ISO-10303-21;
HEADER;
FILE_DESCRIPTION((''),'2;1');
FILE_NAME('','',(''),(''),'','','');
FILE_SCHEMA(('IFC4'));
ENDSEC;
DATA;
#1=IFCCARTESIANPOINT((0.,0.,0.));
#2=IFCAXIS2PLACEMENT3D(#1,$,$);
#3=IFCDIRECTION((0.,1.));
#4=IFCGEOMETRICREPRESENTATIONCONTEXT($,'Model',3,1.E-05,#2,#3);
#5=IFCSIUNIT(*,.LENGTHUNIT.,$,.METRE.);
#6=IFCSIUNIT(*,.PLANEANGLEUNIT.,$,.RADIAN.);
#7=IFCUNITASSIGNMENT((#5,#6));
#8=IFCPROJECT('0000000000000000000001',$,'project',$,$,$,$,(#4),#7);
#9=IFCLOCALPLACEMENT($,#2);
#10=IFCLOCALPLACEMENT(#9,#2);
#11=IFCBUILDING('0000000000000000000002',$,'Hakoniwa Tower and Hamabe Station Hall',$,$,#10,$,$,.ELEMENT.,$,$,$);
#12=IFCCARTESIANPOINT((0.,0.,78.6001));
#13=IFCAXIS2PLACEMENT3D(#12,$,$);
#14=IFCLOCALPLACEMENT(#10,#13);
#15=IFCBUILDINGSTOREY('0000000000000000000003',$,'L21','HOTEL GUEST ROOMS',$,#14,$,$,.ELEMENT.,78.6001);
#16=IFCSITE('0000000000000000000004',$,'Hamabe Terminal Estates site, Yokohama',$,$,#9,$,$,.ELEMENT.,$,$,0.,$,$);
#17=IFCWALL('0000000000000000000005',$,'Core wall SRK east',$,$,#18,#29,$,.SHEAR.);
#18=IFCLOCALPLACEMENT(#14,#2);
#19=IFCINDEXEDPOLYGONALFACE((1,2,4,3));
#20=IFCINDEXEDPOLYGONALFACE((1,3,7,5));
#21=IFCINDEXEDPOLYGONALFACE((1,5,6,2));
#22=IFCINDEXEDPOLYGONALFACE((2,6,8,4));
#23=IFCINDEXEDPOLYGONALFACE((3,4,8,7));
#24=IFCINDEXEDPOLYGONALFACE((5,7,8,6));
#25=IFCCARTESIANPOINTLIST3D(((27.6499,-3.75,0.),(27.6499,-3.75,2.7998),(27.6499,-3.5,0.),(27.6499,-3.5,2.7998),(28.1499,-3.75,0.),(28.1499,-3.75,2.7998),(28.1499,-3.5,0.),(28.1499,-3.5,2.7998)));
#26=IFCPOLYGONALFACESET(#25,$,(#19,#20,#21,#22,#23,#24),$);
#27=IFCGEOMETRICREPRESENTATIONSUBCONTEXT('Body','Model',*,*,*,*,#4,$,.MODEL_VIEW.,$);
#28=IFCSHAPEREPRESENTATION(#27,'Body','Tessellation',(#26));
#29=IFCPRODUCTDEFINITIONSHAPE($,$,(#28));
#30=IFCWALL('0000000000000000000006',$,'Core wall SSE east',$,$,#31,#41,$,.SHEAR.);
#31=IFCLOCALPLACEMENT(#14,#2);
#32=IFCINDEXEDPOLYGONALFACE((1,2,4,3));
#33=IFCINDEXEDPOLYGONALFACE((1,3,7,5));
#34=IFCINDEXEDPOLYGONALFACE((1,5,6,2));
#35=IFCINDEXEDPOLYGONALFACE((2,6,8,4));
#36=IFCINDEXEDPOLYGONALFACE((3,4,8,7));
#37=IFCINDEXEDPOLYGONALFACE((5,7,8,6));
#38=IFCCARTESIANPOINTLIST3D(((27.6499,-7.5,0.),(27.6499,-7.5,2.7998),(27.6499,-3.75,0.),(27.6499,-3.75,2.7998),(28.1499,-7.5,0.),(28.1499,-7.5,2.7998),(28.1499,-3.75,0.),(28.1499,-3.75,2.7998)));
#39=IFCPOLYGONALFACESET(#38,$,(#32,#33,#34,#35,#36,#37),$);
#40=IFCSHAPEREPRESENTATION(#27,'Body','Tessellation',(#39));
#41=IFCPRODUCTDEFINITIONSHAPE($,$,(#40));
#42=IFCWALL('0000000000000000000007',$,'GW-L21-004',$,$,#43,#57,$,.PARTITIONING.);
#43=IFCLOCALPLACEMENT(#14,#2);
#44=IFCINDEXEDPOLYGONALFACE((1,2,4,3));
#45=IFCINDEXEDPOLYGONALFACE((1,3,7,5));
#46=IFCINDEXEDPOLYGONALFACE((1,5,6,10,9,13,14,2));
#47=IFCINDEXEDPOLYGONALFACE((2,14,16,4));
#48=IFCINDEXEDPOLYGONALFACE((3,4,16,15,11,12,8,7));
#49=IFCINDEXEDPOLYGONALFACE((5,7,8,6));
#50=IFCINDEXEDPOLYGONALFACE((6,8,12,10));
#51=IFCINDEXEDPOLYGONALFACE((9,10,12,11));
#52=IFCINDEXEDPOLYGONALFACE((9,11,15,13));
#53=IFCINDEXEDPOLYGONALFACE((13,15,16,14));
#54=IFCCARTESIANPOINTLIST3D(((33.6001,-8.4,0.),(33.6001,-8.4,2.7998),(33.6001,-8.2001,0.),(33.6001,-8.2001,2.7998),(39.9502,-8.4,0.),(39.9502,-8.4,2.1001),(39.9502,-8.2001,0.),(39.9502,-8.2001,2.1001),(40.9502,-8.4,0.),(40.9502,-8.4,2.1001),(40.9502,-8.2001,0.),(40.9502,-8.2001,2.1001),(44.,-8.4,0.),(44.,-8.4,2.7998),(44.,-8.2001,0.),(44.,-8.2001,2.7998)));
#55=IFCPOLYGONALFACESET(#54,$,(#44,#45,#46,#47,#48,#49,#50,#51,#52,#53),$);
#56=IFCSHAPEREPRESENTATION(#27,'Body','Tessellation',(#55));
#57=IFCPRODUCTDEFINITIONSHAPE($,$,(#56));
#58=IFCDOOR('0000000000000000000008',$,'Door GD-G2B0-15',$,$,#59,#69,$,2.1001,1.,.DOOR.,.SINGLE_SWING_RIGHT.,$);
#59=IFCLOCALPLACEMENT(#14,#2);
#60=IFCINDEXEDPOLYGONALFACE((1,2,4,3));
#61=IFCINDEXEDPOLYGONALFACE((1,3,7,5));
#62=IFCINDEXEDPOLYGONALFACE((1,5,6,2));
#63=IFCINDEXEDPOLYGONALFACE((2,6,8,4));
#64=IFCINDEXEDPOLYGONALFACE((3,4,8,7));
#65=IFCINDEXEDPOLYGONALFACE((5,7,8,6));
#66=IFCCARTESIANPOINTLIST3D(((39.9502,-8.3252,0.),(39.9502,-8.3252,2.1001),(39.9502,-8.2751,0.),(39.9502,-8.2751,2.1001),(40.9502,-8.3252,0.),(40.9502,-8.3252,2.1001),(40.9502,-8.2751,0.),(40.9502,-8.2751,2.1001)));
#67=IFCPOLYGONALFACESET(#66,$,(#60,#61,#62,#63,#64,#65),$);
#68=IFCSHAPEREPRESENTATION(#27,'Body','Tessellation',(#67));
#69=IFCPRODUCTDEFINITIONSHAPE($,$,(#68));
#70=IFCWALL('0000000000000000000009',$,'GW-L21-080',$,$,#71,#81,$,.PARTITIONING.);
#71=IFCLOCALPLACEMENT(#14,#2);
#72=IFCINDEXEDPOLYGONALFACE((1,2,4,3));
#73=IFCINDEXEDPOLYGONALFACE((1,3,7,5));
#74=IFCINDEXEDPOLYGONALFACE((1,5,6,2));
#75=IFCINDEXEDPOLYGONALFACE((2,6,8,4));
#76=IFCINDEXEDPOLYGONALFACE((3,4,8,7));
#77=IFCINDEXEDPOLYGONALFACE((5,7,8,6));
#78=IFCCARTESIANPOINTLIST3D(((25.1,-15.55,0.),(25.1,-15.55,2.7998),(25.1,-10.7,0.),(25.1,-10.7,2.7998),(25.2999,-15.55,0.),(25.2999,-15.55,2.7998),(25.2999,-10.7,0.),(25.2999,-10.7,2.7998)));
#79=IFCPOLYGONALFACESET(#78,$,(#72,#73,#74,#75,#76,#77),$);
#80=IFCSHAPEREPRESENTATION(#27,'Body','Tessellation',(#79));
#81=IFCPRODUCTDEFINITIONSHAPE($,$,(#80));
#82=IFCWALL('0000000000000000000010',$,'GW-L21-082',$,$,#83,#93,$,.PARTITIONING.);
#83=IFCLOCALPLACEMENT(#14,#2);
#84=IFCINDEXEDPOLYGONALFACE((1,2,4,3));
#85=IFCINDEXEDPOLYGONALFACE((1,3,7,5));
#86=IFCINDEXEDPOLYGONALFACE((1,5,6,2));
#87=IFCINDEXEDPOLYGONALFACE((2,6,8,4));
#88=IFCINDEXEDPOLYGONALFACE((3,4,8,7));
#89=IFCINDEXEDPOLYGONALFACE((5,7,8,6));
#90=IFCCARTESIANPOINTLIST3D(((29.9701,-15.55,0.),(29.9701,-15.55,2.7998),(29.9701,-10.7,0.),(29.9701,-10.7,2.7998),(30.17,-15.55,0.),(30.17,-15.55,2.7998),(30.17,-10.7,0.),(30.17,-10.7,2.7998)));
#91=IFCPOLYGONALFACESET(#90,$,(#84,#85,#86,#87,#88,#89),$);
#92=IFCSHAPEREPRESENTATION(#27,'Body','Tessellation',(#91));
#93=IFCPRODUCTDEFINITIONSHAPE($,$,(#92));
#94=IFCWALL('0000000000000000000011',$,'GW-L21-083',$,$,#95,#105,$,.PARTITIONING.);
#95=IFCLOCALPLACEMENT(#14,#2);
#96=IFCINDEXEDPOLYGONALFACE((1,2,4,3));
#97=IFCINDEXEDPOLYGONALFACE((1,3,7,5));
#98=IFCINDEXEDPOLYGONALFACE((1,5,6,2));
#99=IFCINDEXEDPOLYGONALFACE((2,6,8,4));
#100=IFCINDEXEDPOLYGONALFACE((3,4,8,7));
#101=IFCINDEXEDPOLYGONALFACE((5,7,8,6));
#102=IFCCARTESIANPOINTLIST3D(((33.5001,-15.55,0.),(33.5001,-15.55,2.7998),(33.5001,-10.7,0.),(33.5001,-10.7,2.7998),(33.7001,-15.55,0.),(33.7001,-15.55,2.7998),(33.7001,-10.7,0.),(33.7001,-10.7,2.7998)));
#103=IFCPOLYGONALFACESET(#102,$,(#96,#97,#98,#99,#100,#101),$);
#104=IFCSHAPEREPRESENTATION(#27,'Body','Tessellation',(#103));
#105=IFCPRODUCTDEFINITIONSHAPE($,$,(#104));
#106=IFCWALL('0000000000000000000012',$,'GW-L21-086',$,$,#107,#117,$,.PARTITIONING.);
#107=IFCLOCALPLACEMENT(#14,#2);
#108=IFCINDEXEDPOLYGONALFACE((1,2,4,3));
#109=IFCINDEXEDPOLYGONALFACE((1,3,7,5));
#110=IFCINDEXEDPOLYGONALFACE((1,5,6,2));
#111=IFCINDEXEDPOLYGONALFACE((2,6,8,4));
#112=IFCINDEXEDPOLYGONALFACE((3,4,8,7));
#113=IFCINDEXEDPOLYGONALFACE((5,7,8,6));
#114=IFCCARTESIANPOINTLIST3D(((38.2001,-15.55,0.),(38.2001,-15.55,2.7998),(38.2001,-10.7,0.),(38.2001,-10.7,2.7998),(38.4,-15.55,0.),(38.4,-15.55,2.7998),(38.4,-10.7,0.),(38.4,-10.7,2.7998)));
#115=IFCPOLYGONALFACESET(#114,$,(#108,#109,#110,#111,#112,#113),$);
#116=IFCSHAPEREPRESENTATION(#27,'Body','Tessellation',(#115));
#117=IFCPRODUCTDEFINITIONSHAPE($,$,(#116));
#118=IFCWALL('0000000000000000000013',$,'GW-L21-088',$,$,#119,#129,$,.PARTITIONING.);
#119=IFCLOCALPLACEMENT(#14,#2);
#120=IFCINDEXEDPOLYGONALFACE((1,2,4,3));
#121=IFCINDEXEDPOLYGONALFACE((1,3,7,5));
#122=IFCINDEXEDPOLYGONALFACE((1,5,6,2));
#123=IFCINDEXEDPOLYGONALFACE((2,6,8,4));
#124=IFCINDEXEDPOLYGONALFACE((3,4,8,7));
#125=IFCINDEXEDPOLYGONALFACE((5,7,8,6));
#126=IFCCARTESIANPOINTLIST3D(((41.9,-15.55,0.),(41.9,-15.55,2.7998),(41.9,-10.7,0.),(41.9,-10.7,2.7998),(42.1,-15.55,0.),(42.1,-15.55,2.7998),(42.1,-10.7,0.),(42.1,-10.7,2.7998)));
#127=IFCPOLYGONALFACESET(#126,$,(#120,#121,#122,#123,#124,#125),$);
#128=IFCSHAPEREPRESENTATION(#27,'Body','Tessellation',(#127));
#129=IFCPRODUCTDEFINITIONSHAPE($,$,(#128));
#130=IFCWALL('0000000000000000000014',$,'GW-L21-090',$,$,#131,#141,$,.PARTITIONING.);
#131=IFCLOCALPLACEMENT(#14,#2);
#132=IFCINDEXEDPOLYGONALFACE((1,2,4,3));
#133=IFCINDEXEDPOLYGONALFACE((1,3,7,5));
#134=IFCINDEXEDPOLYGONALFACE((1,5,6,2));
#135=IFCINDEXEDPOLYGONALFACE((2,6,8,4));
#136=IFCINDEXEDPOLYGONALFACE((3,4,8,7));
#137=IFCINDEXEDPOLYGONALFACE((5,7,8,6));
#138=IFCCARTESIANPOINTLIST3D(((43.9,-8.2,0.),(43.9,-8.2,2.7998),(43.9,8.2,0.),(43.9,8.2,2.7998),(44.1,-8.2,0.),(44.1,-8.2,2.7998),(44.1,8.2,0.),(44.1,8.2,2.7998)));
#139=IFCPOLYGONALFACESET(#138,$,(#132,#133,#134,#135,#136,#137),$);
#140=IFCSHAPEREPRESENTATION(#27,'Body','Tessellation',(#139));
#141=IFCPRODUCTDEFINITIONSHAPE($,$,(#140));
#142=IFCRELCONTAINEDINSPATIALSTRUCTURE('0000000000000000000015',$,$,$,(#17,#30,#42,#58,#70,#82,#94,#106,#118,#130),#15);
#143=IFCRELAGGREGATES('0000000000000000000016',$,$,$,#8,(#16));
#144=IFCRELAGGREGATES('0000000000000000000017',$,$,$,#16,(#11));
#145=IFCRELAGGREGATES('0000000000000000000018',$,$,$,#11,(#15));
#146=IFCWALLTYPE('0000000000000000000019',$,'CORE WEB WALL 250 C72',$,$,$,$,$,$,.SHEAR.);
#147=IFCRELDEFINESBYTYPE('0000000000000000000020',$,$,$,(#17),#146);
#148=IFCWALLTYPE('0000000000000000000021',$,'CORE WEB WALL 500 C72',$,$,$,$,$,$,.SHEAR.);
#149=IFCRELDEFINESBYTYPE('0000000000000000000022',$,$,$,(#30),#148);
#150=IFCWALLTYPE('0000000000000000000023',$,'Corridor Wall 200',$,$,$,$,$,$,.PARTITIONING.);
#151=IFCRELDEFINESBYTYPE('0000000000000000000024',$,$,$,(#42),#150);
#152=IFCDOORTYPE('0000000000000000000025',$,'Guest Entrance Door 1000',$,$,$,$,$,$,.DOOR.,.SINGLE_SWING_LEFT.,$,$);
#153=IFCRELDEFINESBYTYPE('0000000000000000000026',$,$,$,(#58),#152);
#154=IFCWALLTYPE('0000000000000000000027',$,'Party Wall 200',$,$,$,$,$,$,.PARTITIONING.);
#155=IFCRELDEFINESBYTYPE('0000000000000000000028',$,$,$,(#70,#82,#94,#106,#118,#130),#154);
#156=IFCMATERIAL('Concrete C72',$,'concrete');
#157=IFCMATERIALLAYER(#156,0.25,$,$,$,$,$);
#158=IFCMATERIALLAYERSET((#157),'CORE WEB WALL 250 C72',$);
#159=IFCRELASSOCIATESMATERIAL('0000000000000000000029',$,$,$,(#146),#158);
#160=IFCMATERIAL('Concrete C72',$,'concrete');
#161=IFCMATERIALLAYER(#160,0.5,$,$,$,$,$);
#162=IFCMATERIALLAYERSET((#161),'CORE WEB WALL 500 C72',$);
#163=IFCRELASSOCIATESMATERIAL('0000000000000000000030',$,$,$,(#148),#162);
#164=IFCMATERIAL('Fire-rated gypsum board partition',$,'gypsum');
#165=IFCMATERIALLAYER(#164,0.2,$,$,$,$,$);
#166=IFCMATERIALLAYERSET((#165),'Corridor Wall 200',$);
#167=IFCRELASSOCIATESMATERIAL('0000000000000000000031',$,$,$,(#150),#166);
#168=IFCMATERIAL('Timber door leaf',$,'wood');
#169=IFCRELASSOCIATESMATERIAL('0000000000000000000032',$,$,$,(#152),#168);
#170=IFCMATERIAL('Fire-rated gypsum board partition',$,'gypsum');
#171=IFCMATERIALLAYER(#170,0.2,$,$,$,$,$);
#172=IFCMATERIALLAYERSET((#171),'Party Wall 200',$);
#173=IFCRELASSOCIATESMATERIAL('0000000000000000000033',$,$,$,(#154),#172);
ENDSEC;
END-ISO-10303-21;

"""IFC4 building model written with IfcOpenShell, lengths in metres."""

from ifc_helpers import new_model, si_unit, direction, frame, frame_2d, origin, place, context, subcontext, project, spatial, rectangle, extrude, material, layer, layer_set, type_object, element, fill, save


model = new_model("IFC4")

# Units and contexts
model_context = context("Model", 3, precision=1e-05, world=origin(), true_north=direction((0.0, 1.0)))
body_context = subcontext(model_context, "Body", "Model", "MODEL_VIEW")
ifc_project = project(units=[si_unit("LENGTHUNIT", "METRE"), si_unit("PLANEANGLEUNIT", "RADIAN")], contexts=[model_context])

# Site, building, storey
site_placement = place(None, origin())
site = spatial("IfcSite", under=ifc_project, at=site_placement, Name="Hamabe Terminal Estates site, Yokohama", CompositionType="ELEMENT", RefElevation=0.0)
building_placement = place(site_placement, origin())
building = spatial("IfcBuilding", under=site, at=building_placement, Name="Hakoniwa Tower and Hamabe Station Hall", CompositionType="ELEMENT")
storey_placement = place(building_placement, frame((0.0, 0.0, 78.6001)))
storey = spatial("IfcBuildingStorey", under=building, at=storey_placement, Name="L21", Description="HOTEL GUEST ROOMS", CompositionType="ELEMENT", Elevation=78.6001)

# Walls
ifc_material_1 = material(Name="Concrete C72", Category="concrete")
ifc_layer_1 = layer(ifc_material_1, 0.25)
ifc_layer_set_1 = layer_set([ifc_layer_1], Name="CORE WEB WALL 250 C72")
wall_type_1 = type_object("IfcWallType", Name="CORE WEB WALL 250 C72", PredefinedType="SHEAR", material=ifc_layer_set_1)
wall_1_placement = place(storey_placement, frame((27.6499, -3.625, 0.0), z_axis=(0.0, 0.0, 1.0), x_axis=(1.0, 0.0, 0.0)))
element("IfcWall", 1, at=wall_1_placement, inside=storey, type_object=wall_type_1, Name="Core wall SRK east", PredefinedType="SHEAR", context=body_context, shape_type="SweptSolid", body=[
    extrude(rectangle(XDim=0.5, YDim=0.25, at=frame_2d((0.25, 0.0))), origin(), (0.0, 0.0, 1.0), 2.7998),
])
ifc_material_2 = material(Name="Concrete C72", Category="concrete")
ifc_layer_2 = layer(ifc_material_2, 0.5)
ifc_layer_set_2 = layer_set([ifc_layer_2], Name="CORE WEB WALL 500 C72")
wall_type_2 = type_object("IfcWallType", Name="CORE WEB WALL 500 C72", PredefinedType="SHEAR", material=ifc_layer_set_2)
wall_2_placement = place(storey_placement, frame((27.8999, -7.5, 0.0), z_axis=(0.0, 0.0, 1.0), x_axis=(0.0, 1.0, 0.0)))
element("IfcWall", 2, at=wall_2_placement, inside=storey, type_object=wall_type_2, Name="Core wall SSE east", PredefinedType="SHEAR", context=body_context, shape_type="SweptSolid", body=[
    extrude(rectangle(XDim=3.75, YDim=0.5, at=frame_2d((1.875, 0.0))), origin(), (0.0, 0.0, 1.0), 2.7998),
])

# Wall, opening, door
ifc_material_3 = material(Name="Fire-rated gypsum board partition", Category="gypsum")
ifc_layer_3 = layer(ifc_material_3, 0.2)
ifc_layer_set_3 = layer_set([ifc_layer_3], Name="Corridor Wall 200")
wall_type_3 = type_object("IfcWallType", Name="Corridor Wall 200", PredefinedType="PARTITIONING", material=ifc_layer_set_3)
wall_3_placement = place(storey_placement, frame((33.6001, -8.3, 0.0), z_axis=(0.0, 0.0, 1.0), x_axis=(1.0, 0.0, 0.0)))
wall_3 = element("IfcWall", 3, at=wall_3_placement, inside=storey, type_object=wall_type_3, Name="GW-L21-004", PredefinedType="PARTITIONING", context=body_context, shape_type="SweptSolid", body=[
    extrude(rectangle(XDim=10.3999, YDim=0.2, at=frame_2d((5.2, 0.0))), origin(), (0.0, 0.0, 1.0), 2.7998),
])
opening_1_placement = place(wall_3_placement, frame((6.3501, 0.0, 0.0)))
opening_1 = element("IfcOpeningElement", 4, at=opening_1_placement, cuts=wall_3, PredefinedType="OPENING", context=body_context, shape_type="SweptSolid", body=[
    extrude(rectangle(XDim=1.0, YDim=2.1001, at=frame_2d((0.5, 1.05))), frame((0.0, 0.1099, 0.0), z_axis=(0.0, -1.0, 0.0), x_axis=(1.0, 0.0, 0.0)), (0.0, 0.0, 1.0), 0.22),
])
ifc_material_4 = material(Name="Timber door leaf", Category="wood")
door_type_1 = type_object("IfcDoorType", Name="Guest Entrance Door 1000", OperationType="SINGLE_SWING_LEFT", PredefinedType="DOOR", material=ifc_material_4)
door_1_placement = place(opening_1_placement, origin())
door_1 = element("IfcDoor", 5, at=door_1_placement, inside=storey, type_object=door_type_1, Name="Door GD-G2B0-15", OperationType="SINGLE_SWING_RIGHT", OverallHeight=2.1001, OverallWidth=1.0, PredefinedType="DOOR", context=body_context, shape_type="SweptSolid", body=[
    extrude(rectangle(XDim=1.0, YDim=2.1001, at=frame_2d((0.5, 1.05))), frame((0.0, 0.0249, 0.0), z_axis=(0.0, -1.0, 0.0), x_axis=(1.0, 0.0, 0.0)), (0.0, 0.0, 1.0), 0.05),
])
fill(opening_1, door_1)

# Walls
ifc_material_5 = material(Name="Fire-rated gypsum board partition", Category="gypsum")
ifc_layer_4 = layer(ifc_material_5, 0.2)
ifc_layer_set_4 = layer_set([ifc_layer_4], Name="Party Wall 200")
wall_type_4 = type_object("IfcWallType", Name="Party Wall 200", PredefinedType="PARTITIONING", material=ifc_layer_set_4)
for number, where, z_axis, x_axis, name in (
    (6, (25.2, -15.55, 0.0), (0.0, 0.0, 1.0), (0.0, 1.0, 0.0), "GW-L21-080"),
    (7, (30.0701, -15.55, 0.0), (0.0, 0.0, 1.0), (0.0, 1.0, 0.0), "GW-L21-082"),
    (8, (33.6001, -15.55, 0.0), (0.0, 0.0, 1.0), (0.0, 1.0, 0.0), "GW-L21-083"),
    (9, (38.3, -15.55, 0.0), (0.0, 0.0, 1.0), (0.0, 1.0, 0.0), "GW-L21-086"),
    (10, (42.0, -15.55, 0.0), (0.0, 0.0, 1.0), (0.0, 1.0, 0.0), "GW-L21-088"),
):
    element("IfcWall", number, at=place(storey_placement, frame(where, z_axis=z_axis, x_axis=x_axis)), inside=storey, type_object=wall_type_4, Name=name, PredefinedType="PARTITIONING", context=body_context, shape_type="SweptSolid", body=[
        extrude(rectangle(XDim=4.8501, YDim=0.2, at=frame_2d((2.425, 0.0))), origin(), (0.0, 0.0, 1.0), 2.7998),
    ])
wall_4_placement = place(storey_placement, frame((44.0, -8.2, 0.0), z_axis=(0.0, 0.0, 1.0), x_axis=(0.0, 1.0, 0.0)))
element("IfcWall", 11, at=wall_4_placement, inside=storey, type_object=wall_type_4, Name="GW-L21-090", PredefinedType="PARTITIONING", context=body_context, shape_type="SweptSolid", body=[
    extrude(rectangle(XDim=16.3999, YDim=0.2, at=frame_2d((8.2, 0.0))), origin(), (0.0, 0.0, 1.0), 2.7998),
])

save(model, "model.ifc")
